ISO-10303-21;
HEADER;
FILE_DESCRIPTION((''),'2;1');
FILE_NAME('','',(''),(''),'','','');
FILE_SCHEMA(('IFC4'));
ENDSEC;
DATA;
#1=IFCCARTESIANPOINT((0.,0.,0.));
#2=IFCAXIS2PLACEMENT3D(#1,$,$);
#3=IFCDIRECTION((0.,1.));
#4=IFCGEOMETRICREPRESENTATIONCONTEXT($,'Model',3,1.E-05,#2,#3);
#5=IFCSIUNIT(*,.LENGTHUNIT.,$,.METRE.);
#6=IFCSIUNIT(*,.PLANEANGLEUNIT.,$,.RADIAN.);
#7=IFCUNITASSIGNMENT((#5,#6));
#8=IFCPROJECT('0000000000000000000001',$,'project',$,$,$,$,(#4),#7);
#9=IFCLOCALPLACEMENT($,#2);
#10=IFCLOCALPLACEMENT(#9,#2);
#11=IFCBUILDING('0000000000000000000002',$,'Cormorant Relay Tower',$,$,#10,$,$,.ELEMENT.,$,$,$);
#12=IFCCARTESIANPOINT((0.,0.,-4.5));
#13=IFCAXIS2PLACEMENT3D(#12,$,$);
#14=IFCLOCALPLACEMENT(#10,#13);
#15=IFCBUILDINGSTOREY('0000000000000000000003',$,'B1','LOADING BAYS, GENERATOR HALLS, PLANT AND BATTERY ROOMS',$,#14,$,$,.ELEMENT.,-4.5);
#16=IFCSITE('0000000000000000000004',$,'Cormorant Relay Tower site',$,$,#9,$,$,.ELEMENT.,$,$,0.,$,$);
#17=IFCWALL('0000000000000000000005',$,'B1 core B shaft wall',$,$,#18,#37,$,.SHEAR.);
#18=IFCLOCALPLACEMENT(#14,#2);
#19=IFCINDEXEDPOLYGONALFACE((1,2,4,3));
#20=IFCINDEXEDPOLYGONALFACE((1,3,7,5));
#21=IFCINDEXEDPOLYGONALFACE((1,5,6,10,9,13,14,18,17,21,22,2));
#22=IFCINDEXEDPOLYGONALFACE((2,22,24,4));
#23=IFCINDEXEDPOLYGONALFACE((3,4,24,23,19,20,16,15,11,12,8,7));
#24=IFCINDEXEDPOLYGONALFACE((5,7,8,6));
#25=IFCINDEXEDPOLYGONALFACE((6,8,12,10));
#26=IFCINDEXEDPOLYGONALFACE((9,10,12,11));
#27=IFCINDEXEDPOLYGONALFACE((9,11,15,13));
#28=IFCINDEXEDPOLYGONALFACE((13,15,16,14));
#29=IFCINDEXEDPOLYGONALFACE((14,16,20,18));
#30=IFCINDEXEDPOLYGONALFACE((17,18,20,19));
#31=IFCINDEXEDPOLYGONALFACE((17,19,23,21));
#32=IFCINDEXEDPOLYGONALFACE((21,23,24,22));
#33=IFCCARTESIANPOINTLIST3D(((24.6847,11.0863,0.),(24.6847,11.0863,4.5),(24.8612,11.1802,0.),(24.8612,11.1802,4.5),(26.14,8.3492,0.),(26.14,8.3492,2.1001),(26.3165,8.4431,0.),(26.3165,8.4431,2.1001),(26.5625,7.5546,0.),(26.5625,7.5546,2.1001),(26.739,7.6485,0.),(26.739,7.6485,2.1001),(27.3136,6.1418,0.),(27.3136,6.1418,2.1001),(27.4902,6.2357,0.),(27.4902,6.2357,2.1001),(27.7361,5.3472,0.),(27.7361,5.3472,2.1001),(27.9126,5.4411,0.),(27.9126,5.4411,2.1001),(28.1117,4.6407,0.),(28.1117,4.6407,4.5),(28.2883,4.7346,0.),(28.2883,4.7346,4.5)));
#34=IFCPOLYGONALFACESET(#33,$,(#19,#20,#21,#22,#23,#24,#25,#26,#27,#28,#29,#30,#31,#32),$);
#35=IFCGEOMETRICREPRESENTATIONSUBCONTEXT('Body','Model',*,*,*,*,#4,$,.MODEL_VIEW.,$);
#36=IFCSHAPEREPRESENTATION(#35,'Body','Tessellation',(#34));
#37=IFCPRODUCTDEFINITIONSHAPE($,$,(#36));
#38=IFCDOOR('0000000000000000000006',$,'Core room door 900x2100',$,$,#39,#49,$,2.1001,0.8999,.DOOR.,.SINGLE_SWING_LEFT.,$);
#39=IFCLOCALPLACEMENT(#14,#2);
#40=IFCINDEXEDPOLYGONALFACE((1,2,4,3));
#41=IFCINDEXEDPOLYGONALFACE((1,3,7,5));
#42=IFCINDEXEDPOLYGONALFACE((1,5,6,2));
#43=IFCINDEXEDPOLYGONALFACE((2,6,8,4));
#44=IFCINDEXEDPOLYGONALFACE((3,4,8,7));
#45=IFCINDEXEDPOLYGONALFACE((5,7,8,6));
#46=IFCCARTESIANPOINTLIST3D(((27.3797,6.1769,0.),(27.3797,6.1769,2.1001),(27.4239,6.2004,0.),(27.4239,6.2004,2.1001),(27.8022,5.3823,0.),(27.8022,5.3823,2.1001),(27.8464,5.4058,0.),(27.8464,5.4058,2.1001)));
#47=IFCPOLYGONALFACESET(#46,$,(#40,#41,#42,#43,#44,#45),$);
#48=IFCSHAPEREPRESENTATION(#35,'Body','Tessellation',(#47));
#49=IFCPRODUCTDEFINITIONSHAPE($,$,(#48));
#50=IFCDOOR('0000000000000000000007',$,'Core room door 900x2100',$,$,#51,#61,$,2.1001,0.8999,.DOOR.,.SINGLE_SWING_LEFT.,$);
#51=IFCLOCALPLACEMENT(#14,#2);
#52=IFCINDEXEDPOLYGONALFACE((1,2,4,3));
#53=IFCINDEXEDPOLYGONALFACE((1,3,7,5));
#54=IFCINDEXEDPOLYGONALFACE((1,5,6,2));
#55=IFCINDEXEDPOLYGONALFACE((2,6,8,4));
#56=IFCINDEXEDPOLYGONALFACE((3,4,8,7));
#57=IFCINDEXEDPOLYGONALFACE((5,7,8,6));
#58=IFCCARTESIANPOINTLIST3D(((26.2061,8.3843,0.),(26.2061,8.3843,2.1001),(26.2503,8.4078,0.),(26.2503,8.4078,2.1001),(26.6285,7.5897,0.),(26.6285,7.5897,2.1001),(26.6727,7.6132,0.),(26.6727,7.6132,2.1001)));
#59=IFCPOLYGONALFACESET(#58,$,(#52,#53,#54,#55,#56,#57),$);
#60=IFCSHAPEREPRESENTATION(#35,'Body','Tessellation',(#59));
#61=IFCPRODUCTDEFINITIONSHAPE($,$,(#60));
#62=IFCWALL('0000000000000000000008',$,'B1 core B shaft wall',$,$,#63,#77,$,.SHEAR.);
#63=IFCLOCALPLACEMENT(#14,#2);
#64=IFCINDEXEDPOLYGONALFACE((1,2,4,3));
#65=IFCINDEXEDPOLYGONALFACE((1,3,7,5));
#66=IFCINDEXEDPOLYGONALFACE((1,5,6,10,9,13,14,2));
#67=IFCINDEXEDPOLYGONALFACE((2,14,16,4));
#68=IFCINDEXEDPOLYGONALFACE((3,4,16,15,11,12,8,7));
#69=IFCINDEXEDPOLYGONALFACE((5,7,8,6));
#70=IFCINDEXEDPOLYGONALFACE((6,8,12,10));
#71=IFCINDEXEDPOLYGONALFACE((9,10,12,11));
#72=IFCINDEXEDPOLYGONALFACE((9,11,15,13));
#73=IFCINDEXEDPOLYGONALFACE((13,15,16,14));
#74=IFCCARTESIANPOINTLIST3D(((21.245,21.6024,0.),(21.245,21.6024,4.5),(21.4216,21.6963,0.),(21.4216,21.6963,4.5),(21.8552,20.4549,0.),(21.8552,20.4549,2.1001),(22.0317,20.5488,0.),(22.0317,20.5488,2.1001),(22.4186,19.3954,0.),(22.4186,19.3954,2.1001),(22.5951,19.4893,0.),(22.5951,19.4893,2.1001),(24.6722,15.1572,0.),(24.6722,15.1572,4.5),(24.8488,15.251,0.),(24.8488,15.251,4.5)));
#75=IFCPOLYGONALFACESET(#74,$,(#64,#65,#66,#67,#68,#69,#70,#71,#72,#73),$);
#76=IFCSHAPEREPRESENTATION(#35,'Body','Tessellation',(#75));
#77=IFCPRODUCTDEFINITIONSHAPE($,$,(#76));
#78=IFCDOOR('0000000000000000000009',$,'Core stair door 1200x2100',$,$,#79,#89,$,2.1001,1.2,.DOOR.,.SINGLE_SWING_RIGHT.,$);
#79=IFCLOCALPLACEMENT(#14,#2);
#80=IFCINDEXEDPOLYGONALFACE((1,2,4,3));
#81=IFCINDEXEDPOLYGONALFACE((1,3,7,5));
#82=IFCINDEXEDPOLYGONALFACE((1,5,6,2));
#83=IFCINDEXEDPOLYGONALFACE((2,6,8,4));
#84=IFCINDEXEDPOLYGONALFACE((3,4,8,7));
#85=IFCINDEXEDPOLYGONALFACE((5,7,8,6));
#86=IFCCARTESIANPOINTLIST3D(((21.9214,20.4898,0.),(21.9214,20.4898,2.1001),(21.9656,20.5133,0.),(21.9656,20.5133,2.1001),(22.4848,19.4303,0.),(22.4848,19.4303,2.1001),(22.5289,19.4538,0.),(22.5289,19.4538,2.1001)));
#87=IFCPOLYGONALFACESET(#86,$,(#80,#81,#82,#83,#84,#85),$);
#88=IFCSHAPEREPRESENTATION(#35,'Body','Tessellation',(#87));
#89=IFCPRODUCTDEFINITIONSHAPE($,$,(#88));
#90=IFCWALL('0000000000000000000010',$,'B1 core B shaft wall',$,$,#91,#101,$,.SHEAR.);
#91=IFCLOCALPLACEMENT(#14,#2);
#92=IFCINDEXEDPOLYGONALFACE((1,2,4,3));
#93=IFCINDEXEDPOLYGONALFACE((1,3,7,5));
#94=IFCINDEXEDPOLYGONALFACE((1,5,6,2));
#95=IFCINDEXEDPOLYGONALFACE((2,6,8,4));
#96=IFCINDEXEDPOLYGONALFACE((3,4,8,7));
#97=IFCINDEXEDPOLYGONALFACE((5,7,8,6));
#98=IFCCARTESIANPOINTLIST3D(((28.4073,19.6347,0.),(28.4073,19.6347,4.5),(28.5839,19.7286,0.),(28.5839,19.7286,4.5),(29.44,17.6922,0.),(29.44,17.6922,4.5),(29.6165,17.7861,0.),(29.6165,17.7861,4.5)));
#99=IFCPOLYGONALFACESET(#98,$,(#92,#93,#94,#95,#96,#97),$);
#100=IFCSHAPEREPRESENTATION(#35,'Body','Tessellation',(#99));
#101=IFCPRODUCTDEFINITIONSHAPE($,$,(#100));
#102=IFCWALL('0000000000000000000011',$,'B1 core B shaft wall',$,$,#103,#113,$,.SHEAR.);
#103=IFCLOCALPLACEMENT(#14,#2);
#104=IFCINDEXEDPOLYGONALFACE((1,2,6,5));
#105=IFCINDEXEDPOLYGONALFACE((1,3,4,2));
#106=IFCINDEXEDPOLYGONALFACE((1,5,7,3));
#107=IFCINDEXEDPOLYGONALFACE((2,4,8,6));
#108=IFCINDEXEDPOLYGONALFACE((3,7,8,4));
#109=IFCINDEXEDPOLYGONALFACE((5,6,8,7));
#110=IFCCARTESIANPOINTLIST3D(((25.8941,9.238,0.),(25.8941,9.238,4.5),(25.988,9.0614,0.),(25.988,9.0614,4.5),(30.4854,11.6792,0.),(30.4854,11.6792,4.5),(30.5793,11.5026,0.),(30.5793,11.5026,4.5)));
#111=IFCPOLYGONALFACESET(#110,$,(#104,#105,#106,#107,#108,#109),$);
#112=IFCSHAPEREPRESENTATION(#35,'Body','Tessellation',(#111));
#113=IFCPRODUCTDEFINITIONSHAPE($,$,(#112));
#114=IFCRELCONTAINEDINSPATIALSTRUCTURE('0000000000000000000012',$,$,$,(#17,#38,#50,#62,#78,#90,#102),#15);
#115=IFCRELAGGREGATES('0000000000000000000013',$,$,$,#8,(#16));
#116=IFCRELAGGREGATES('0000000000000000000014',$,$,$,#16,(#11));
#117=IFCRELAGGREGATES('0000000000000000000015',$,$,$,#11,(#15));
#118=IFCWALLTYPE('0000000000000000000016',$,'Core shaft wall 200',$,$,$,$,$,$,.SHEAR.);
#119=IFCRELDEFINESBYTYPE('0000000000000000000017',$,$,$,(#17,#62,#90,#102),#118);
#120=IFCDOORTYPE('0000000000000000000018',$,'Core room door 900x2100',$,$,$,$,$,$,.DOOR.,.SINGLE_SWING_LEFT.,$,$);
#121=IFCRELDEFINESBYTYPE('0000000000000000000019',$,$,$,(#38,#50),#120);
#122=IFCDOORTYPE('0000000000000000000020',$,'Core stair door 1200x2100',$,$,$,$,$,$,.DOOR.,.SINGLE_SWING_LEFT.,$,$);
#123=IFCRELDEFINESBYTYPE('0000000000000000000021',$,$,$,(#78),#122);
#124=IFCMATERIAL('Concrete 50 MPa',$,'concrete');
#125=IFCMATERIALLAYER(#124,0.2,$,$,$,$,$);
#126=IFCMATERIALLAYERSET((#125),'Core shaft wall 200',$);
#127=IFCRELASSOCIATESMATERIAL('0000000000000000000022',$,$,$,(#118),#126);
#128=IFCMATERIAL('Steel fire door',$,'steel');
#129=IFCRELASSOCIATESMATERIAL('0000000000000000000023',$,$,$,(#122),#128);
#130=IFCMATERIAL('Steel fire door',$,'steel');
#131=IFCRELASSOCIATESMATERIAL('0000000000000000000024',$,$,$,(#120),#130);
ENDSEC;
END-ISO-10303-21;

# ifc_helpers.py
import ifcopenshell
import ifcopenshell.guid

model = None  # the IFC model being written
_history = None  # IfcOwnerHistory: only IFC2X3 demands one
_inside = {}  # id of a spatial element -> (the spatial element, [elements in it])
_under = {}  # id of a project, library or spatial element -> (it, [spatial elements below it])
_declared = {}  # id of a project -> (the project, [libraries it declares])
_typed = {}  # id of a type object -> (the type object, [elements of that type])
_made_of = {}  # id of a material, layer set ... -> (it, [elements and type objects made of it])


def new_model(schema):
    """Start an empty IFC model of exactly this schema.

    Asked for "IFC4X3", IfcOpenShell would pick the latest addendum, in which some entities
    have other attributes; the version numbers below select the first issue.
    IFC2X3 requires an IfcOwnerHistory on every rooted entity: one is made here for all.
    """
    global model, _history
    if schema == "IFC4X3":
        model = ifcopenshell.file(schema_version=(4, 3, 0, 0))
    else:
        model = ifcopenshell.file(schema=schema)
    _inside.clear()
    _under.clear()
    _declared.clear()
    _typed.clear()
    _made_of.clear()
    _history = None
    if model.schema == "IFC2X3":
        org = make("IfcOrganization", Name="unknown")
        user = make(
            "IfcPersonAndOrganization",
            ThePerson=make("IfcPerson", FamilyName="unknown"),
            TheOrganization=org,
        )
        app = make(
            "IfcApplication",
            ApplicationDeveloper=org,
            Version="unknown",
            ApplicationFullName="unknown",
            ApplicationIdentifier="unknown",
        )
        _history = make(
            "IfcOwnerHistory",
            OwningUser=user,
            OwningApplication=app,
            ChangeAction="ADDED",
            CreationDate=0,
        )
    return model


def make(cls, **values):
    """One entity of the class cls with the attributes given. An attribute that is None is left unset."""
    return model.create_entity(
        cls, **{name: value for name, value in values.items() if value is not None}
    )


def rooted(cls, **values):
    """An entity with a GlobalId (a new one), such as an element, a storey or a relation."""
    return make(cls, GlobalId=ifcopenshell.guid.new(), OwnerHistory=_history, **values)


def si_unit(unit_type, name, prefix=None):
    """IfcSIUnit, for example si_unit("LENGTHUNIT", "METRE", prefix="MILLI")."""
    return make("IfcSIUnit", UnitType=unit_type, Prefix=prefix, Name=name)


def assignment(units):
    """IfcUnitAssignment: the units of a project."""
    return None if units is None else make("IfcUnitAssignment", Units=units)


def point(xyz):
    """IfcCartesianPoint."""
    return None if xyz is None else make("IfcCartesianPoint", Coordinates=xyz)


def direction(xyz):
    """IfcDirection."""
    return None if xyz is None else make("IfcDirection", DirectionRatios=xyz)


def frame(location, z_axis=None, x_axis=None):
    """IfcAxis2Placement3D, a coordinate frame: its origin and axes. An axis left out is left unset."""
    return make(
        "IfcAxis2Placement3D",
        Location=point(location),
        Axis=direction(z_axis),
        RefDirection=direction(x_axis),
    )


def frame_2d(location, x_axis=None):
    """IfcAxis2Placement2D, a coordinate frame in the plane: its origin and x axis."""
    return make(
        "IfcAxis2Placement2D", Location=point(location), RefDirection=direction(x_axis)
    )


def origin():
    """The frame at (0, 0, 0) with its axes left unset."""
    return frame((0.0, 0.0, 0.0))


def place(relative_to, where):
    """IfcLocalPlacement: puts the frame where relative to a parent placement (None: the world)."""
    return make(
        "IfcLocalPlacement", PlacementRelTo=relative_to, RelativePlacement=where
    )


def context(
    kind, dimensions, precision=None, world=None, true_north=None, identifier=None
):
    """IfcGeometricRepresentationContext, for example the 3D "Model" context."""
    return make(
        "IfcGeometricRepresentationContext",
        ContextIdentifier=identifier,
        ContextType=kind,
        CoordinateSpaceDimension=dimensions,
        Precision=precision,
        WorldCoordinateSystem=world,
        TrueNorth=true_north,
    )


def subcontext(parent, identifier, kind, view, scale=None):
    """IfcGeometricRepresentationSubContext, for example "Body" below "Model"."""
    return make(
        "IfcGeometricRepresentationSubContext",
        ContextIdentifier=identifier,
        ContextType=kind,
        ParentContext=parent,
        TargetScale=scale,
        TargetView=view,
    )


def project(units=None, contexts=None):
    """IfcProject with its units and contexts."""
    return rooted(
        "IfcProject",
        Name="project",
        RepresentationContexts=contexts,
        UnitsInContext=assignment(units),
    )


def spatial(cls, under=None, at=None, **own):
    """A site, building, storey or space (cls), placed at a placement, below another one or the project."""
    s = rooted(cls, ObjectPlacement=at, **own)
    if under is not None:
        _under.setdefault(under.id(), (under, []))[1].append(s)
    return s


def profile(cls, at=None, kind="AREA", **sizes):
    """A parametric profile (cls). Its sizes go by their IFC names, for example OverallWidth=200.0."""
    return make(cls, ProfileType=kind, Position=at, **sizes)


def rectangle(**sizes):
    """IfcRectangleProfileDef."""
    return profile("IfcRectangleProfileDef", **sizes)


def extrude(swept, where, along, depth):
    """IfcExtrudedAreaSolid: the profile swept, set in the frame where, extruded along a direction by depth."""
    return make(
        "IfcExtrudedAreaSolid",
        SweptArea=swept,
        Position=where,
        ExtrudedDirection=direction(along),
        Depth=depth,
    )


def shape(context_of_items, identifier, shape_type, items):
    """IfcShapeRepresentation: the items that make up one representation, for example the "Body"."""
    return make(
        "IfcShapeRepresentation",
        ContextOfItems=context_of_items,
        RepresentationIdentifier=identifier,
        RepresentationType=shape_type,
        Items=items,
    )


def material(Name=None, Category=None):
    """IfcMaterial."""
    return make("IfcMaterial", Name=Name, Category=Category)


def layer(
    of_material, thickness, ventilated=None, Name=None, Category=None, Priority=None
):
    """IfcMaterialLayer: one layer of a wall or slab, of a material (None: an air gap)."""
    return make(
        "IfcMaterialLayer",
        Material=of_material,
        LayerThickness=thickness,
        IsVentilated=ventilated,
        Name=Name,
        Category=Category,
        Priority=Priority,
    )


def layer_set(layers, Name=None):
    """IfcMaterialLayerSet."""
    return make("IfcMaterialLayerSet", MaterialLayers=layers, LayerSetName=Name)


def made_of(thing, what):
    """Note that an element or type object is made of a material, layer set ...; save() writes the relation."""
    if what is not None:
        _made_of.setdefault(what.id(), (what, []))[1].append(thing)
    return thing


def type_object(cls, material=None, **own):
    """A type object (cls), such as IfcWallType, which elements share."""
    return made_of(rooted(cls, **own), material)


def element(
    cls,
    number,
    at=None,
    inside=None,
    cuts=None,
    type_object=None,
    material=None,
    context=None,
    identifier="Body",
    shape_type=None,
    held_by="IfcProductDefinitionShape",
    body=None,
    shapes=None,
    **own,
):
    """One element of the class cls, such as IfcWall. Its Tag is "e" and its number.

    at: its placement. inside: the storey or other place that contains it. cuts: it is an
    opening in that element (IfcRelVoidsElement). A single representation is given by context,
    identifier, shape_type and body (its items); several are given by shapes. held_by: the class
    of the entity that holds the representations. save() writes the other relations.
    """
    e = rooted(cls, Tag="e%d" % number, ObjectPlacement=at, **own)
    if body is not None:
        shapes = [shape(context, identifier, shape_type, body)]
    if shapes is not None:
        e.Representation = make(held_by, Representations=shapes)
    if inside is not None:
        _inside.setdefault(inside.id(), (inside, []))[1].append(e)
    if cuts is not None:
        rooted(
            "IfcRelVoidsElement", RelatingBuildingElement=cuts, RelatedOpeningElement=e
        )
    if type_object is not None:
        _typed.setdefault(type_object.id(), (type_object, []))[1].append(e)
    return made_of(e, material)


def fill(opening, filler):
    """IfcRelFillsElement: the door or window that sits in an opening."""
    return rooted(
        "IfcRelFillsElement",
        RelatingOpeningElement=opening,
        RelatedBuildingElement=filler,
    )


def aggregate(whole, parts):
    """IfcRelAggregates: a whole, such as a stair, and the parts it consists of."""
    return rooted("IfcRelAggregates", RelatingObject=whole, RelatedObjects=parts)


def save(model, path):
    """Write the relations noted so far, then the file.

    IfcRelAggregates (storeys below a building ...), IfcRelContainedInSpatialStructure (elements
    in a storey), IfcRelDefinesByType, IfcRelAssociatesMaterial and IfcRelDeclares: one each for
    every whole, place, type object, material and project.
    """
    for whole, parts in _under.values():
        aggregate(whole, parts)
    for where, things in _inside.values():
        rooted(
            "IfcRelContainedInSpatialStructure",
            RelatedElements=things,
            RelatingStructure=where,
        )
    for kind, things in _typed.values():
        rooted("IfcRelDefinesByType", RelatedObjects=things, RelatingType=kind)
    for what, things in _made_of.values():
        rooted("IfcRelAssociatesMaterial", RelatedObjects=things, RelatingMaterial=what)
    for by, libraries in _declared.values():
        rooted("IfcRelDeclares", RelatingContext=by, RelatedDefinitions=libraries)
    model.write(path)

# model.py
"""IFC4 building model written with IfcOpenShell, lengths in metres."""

from ifc_helpers import new_model, si_unit, direction, frame, frame_2d, origin, place, context, subcontext, project, spatial, rectangle, extrude, material, layer, layer_set, type_object, element, fill, save


model = new_model("IFC4")

# Units and contexts
model_context = context("Model", 3, precision=1e-05, world=origin(), true_north=direction((0.0, 1.0)))
body_context = subcontext(model_context, "Body", "Model", "MODEL_VIEW")
ifc_project = project(units=[si_unit("LENGTHUNIT", "METRE"), si_unit("PLANEANGLEUNIT", "RADIAN")], contexts=[model_context])

# Site, building, storey
site_placement = place(None, origin())
site = spatial("IfcSite", under=ifc_project, at=site_placement, Name="Cormorant Relay Tower site", CompositionType="ELEMENT", RefElevation=0.0)
building_placement = place(site_placement, origin())
building = spatial("IfcBuilding", under=site, at=building_placement, Name="Cormorant Relay Tower", CompositionType="ELEMENT")
storey_placement = place(building_placement, frame((0.0, 0.0, -4.5)))
storey = spatial("IfcBuildingStorey", under=building, at=storey_placement, Name="B1", Description="LOADING BAYS, GENERATOR HALLS, PLANT AND BATTERY ROOMS", CompositionType="ELEMENT", Elevation=-4.5)

# Shared definitions
ifc_material_1 = material(Name="Concrete 50 MPa", Category="concrete")
ifc_layer_1 = layer(ifc_material_1, 0.2)
ifc_layer_set_1 = layer_set([ifc_layer_1], Name="Core shaft wall 200")
wall_type_1 = type_object("IfcWallType", Name="Core shaft wall 200", PredefinedType="SHEAR", material=ifc_layer_set_1)
ifc_material_2 = material(Name="Steel fire door", Category="steel")
door_type_1 = type_object("IfcDoorType", Name="Core stair door 1200x2100", OperationType="SINGLE_SWING_LEFT", PredefinedType="DOOR", material=ifc_material_2)

# Wall, openings, doors
ifc_material_3 = material(Name="Steel fire door", Category="steel")
door_type_2 = type_object("IfcDoorType", Name="Core room door 900x2100", OperationType="SINGLE_SWING_LEFT", PredefinedType="DOOR", material=ifc_material_3)
wall_1_placement = place(storey_placement, frame((28.2, 4.6877, 0.0), z_axis=(0.0, 0.0, 1.0), x_axis=(-0.469454, 0.882957, 0.0)))
wall_1 = element("IfcWall", 1, at=wall_1_placement, inside=storey, type_object=wall_type_1, Name="B1 core B shaft wall", PredefinedType="SHEAR", context=body_context, shape_type="SweptSolid", body=[
    extrude(rectangle(XDim=7.3, YDim=0.2, at=frame_2d((3.6499, 0.0))), origin(), (0.0, 0.0, 1.0), 4.5),
])
opening_1_placement = place(wall_1_placement, frame((0.8, 0.0, 0.0)))
opening_1 = element("IfcOpeningElement", 2, at=opening_1_placement, cuts=wall_1, PredefinedType="OPENING", context=body_context, shape_type="SweptSolid", body=[
    extrude(rectangle(XDim=0.8999, YDim=2.1001, at=frame_2d((0.45, 1.05))), frame((0.0, 0.1099, 0.0), z_axis=(0.0, -1.0, 0.0), x_axis=(1.0, 0.0, 0.0)), (0.0, 0.0, 1.0), 0.22),
])
opening_2_placement = place(wall_1_placement, frame((3.3, 0.0, 0.0)))
opening_2 = element("IfcOpeningElement", 3, at=opening_2_placement, cuts=wall_1, PredefinedType="OPENING", context=body_context, shape_type="SweptSolid", body=[
    extrude(rectangle(XDim=0.8999, YDim=2.1001, at=frame_2d((0.45, 1.05))), frame((0.0, 0.1099, 0.0), z_axis=(0.0, -1.0, 0.0), x_axis=(1.0, 0.0, 0.0)), (0.0, 0.0, 1.0), 0.22),
])
door_1_placement = place(opening_1_placement, frame((0.8999, 0.0, 0.0), z_axis=(0.0, 0.0, 1.0), x_axis=(-1.0, 0.0, 0.0)))
door_1 = element("IfcDoor", 4, at=door_1_placement, inside=storey, type_object=door_type_2, Name="Core room door 900x2100", OperationType="SINGLE_SWING_LEFT", OverallHeight=2.1001, OverallWidth=0.8999, PredefinedType="DOOR", context=body_context, shape_type="SweptSolid", body=[
    extrude(rectangle(XDim=0.8999, YDim=2.1001, at=frame_2d((0.45, 1.05))), frame((0.0, 0.0249, 0.0), z_axis=(0.0, -1.0, 0.0), x_axis=(1.0, 0.0, 0.0)), (0.0, 0.0, 1.0), 0.05),
])
fill(opening_1, door_1)
door_2_placement = place(opening_2_placement, frame((0.8999, 0.0, 0.0), z_axis=(0.0, 0.0, 1.0), x_axis=(-1.0, 0.0, 0.0)))
door_2 = element("IfcDoor", 5, at=door_2_placement, inside=storey, type_object=door_type_2, Name="Core room door 900x2100", OperationType="SINGLE_SWING_LEFT", OverallHeight=2.1001, OverallWidth=0.8999, PredefinedType="DOOR", context=body_context, shape_type="SweptSolid", body=[
    extrude(rectangle(XDim=0.8999, YDim=2.1001, at=frame_2d((0.45, 1.05))), frame((0.0, 0.0249, 0.0), z_axis=(0.0, -1.0, 0.0), x_axis=(1.0, 0.0, 0.0)), (0.0, 0.0, 1.0), 0.05),
])
fill(opening_2, door_2)

# Wall, opening, door
wall_2_placement = place(storey_placement, frame((24.7605, 15.2041, 0.0), z_axis=(0.0, 0.0, 1.0), x_axis=(-0.469494, 0.882936, 0.0)))
wall_2 = element("IfcWall", 6, at=wall_2_placement, inside=storey, type_object=wall_type_1, Name="B1 core B shaft wall", PredefinedType="SHEAR", context=body_context, shape_type="SweptSolid", body=[
    extrude(rectangle(XDim=7.2998, YDim=0.2, at=frame_2d((3.6499, 0.0))), origin(), (0.0, 0.0, 1.0), 4.5),
])
opening_3_placement = place(wall_2_placement, frame((4.8, 0.0, 0.0)))
opening_3 = element("IfcOpeningElement", 7, at=opening_3_placement, cuts=wall_2, PredefinedType="OPENING", context=body_context, shape_type="SweptSolid", body=[
    extrude(rectangle(XDim=1.2, YDim=2.1001, at=frame_2d((0.6001, 1.05))), frame((0.0, 0.1099, 0.0), z_axis=(0.0, -1.0, 0.0), x_axis=(1.0, 0.0, 0.0)), (0.0, 0.0, 1.0), 0.22),
])
door_3_placement = place(opening_3_placement, frame((1.2, 0.0, 0.0), z_axis=(0.0, 0.0, 1.0), x_axis=(-1.0, 0.0, 0.0)))
door_3 = element("IfcDoor", 8, at=door_3_placement, inside=storey, type_object=door_type_1, Name="Core stair door 1200x2100", OperationType="SINGLE_SWING_RIGHT", OverallHeight=2.1001, OverallWidth=1.2, PredefinedType="DOOR", context=body_context, shape_type="SweptSolid", body=[
    extrude(rectangle(XDim=1.2, YDim=2.1001, at=frame_2d((0.6001, 1.05))), frame((0.0, 0.0249, 0.0), z_axis=(0.0, -1.0, 0.0), x_axis=(1.0, 0.0, 0.0)), (0.0, 0.0, 1.0), 0.05),
])
fill(opening_3, door_3)

# Wall
wall_3_placement = place(storey_placement, frame((29.5283, 17.739, 0.0), z_axis=(0.0, 0.0, 1.0), x_axis=(-0.469401, 0.882985, 0.0)))
element("IfcWall", 9, at=wall_3_placement, inside=storey, type_object=wall_type_1, Name="B1 core B shaft wall", PredefinedType="SHEAR", context=body_context, shape_type="SweptSolid", body=[
    extrude(rectangle(XDim=2.2, YDim=0.2, at=frame_2d((1.1001, 0.0))), origin(), (0.0, 0.0, 1.0), 4.5),
])

# Wall
wall_4_placement = place(storey_placement, frame((25.9409, 9.1497, 0.0), z_axis=(0.0, 0.0, 1.0), x_axis=(0.882954, 0.46946, 0.0)))
element("IfcWall", 10, at=wall_4_placement, inside=storey, type_object=wall_type_1, Name="B1 core B shaft wall", PredefinedType="SHEAR", context=body_context, shape_type="SweptSolid", body=[
    extrude(rectangle(XDim=5.2, YDim=0.2, at=frame_2d((2.6001, 0.0))), origin(), (0.0, 0.0, 1.0), 4.5),
])

save(model, "model.ifc")
